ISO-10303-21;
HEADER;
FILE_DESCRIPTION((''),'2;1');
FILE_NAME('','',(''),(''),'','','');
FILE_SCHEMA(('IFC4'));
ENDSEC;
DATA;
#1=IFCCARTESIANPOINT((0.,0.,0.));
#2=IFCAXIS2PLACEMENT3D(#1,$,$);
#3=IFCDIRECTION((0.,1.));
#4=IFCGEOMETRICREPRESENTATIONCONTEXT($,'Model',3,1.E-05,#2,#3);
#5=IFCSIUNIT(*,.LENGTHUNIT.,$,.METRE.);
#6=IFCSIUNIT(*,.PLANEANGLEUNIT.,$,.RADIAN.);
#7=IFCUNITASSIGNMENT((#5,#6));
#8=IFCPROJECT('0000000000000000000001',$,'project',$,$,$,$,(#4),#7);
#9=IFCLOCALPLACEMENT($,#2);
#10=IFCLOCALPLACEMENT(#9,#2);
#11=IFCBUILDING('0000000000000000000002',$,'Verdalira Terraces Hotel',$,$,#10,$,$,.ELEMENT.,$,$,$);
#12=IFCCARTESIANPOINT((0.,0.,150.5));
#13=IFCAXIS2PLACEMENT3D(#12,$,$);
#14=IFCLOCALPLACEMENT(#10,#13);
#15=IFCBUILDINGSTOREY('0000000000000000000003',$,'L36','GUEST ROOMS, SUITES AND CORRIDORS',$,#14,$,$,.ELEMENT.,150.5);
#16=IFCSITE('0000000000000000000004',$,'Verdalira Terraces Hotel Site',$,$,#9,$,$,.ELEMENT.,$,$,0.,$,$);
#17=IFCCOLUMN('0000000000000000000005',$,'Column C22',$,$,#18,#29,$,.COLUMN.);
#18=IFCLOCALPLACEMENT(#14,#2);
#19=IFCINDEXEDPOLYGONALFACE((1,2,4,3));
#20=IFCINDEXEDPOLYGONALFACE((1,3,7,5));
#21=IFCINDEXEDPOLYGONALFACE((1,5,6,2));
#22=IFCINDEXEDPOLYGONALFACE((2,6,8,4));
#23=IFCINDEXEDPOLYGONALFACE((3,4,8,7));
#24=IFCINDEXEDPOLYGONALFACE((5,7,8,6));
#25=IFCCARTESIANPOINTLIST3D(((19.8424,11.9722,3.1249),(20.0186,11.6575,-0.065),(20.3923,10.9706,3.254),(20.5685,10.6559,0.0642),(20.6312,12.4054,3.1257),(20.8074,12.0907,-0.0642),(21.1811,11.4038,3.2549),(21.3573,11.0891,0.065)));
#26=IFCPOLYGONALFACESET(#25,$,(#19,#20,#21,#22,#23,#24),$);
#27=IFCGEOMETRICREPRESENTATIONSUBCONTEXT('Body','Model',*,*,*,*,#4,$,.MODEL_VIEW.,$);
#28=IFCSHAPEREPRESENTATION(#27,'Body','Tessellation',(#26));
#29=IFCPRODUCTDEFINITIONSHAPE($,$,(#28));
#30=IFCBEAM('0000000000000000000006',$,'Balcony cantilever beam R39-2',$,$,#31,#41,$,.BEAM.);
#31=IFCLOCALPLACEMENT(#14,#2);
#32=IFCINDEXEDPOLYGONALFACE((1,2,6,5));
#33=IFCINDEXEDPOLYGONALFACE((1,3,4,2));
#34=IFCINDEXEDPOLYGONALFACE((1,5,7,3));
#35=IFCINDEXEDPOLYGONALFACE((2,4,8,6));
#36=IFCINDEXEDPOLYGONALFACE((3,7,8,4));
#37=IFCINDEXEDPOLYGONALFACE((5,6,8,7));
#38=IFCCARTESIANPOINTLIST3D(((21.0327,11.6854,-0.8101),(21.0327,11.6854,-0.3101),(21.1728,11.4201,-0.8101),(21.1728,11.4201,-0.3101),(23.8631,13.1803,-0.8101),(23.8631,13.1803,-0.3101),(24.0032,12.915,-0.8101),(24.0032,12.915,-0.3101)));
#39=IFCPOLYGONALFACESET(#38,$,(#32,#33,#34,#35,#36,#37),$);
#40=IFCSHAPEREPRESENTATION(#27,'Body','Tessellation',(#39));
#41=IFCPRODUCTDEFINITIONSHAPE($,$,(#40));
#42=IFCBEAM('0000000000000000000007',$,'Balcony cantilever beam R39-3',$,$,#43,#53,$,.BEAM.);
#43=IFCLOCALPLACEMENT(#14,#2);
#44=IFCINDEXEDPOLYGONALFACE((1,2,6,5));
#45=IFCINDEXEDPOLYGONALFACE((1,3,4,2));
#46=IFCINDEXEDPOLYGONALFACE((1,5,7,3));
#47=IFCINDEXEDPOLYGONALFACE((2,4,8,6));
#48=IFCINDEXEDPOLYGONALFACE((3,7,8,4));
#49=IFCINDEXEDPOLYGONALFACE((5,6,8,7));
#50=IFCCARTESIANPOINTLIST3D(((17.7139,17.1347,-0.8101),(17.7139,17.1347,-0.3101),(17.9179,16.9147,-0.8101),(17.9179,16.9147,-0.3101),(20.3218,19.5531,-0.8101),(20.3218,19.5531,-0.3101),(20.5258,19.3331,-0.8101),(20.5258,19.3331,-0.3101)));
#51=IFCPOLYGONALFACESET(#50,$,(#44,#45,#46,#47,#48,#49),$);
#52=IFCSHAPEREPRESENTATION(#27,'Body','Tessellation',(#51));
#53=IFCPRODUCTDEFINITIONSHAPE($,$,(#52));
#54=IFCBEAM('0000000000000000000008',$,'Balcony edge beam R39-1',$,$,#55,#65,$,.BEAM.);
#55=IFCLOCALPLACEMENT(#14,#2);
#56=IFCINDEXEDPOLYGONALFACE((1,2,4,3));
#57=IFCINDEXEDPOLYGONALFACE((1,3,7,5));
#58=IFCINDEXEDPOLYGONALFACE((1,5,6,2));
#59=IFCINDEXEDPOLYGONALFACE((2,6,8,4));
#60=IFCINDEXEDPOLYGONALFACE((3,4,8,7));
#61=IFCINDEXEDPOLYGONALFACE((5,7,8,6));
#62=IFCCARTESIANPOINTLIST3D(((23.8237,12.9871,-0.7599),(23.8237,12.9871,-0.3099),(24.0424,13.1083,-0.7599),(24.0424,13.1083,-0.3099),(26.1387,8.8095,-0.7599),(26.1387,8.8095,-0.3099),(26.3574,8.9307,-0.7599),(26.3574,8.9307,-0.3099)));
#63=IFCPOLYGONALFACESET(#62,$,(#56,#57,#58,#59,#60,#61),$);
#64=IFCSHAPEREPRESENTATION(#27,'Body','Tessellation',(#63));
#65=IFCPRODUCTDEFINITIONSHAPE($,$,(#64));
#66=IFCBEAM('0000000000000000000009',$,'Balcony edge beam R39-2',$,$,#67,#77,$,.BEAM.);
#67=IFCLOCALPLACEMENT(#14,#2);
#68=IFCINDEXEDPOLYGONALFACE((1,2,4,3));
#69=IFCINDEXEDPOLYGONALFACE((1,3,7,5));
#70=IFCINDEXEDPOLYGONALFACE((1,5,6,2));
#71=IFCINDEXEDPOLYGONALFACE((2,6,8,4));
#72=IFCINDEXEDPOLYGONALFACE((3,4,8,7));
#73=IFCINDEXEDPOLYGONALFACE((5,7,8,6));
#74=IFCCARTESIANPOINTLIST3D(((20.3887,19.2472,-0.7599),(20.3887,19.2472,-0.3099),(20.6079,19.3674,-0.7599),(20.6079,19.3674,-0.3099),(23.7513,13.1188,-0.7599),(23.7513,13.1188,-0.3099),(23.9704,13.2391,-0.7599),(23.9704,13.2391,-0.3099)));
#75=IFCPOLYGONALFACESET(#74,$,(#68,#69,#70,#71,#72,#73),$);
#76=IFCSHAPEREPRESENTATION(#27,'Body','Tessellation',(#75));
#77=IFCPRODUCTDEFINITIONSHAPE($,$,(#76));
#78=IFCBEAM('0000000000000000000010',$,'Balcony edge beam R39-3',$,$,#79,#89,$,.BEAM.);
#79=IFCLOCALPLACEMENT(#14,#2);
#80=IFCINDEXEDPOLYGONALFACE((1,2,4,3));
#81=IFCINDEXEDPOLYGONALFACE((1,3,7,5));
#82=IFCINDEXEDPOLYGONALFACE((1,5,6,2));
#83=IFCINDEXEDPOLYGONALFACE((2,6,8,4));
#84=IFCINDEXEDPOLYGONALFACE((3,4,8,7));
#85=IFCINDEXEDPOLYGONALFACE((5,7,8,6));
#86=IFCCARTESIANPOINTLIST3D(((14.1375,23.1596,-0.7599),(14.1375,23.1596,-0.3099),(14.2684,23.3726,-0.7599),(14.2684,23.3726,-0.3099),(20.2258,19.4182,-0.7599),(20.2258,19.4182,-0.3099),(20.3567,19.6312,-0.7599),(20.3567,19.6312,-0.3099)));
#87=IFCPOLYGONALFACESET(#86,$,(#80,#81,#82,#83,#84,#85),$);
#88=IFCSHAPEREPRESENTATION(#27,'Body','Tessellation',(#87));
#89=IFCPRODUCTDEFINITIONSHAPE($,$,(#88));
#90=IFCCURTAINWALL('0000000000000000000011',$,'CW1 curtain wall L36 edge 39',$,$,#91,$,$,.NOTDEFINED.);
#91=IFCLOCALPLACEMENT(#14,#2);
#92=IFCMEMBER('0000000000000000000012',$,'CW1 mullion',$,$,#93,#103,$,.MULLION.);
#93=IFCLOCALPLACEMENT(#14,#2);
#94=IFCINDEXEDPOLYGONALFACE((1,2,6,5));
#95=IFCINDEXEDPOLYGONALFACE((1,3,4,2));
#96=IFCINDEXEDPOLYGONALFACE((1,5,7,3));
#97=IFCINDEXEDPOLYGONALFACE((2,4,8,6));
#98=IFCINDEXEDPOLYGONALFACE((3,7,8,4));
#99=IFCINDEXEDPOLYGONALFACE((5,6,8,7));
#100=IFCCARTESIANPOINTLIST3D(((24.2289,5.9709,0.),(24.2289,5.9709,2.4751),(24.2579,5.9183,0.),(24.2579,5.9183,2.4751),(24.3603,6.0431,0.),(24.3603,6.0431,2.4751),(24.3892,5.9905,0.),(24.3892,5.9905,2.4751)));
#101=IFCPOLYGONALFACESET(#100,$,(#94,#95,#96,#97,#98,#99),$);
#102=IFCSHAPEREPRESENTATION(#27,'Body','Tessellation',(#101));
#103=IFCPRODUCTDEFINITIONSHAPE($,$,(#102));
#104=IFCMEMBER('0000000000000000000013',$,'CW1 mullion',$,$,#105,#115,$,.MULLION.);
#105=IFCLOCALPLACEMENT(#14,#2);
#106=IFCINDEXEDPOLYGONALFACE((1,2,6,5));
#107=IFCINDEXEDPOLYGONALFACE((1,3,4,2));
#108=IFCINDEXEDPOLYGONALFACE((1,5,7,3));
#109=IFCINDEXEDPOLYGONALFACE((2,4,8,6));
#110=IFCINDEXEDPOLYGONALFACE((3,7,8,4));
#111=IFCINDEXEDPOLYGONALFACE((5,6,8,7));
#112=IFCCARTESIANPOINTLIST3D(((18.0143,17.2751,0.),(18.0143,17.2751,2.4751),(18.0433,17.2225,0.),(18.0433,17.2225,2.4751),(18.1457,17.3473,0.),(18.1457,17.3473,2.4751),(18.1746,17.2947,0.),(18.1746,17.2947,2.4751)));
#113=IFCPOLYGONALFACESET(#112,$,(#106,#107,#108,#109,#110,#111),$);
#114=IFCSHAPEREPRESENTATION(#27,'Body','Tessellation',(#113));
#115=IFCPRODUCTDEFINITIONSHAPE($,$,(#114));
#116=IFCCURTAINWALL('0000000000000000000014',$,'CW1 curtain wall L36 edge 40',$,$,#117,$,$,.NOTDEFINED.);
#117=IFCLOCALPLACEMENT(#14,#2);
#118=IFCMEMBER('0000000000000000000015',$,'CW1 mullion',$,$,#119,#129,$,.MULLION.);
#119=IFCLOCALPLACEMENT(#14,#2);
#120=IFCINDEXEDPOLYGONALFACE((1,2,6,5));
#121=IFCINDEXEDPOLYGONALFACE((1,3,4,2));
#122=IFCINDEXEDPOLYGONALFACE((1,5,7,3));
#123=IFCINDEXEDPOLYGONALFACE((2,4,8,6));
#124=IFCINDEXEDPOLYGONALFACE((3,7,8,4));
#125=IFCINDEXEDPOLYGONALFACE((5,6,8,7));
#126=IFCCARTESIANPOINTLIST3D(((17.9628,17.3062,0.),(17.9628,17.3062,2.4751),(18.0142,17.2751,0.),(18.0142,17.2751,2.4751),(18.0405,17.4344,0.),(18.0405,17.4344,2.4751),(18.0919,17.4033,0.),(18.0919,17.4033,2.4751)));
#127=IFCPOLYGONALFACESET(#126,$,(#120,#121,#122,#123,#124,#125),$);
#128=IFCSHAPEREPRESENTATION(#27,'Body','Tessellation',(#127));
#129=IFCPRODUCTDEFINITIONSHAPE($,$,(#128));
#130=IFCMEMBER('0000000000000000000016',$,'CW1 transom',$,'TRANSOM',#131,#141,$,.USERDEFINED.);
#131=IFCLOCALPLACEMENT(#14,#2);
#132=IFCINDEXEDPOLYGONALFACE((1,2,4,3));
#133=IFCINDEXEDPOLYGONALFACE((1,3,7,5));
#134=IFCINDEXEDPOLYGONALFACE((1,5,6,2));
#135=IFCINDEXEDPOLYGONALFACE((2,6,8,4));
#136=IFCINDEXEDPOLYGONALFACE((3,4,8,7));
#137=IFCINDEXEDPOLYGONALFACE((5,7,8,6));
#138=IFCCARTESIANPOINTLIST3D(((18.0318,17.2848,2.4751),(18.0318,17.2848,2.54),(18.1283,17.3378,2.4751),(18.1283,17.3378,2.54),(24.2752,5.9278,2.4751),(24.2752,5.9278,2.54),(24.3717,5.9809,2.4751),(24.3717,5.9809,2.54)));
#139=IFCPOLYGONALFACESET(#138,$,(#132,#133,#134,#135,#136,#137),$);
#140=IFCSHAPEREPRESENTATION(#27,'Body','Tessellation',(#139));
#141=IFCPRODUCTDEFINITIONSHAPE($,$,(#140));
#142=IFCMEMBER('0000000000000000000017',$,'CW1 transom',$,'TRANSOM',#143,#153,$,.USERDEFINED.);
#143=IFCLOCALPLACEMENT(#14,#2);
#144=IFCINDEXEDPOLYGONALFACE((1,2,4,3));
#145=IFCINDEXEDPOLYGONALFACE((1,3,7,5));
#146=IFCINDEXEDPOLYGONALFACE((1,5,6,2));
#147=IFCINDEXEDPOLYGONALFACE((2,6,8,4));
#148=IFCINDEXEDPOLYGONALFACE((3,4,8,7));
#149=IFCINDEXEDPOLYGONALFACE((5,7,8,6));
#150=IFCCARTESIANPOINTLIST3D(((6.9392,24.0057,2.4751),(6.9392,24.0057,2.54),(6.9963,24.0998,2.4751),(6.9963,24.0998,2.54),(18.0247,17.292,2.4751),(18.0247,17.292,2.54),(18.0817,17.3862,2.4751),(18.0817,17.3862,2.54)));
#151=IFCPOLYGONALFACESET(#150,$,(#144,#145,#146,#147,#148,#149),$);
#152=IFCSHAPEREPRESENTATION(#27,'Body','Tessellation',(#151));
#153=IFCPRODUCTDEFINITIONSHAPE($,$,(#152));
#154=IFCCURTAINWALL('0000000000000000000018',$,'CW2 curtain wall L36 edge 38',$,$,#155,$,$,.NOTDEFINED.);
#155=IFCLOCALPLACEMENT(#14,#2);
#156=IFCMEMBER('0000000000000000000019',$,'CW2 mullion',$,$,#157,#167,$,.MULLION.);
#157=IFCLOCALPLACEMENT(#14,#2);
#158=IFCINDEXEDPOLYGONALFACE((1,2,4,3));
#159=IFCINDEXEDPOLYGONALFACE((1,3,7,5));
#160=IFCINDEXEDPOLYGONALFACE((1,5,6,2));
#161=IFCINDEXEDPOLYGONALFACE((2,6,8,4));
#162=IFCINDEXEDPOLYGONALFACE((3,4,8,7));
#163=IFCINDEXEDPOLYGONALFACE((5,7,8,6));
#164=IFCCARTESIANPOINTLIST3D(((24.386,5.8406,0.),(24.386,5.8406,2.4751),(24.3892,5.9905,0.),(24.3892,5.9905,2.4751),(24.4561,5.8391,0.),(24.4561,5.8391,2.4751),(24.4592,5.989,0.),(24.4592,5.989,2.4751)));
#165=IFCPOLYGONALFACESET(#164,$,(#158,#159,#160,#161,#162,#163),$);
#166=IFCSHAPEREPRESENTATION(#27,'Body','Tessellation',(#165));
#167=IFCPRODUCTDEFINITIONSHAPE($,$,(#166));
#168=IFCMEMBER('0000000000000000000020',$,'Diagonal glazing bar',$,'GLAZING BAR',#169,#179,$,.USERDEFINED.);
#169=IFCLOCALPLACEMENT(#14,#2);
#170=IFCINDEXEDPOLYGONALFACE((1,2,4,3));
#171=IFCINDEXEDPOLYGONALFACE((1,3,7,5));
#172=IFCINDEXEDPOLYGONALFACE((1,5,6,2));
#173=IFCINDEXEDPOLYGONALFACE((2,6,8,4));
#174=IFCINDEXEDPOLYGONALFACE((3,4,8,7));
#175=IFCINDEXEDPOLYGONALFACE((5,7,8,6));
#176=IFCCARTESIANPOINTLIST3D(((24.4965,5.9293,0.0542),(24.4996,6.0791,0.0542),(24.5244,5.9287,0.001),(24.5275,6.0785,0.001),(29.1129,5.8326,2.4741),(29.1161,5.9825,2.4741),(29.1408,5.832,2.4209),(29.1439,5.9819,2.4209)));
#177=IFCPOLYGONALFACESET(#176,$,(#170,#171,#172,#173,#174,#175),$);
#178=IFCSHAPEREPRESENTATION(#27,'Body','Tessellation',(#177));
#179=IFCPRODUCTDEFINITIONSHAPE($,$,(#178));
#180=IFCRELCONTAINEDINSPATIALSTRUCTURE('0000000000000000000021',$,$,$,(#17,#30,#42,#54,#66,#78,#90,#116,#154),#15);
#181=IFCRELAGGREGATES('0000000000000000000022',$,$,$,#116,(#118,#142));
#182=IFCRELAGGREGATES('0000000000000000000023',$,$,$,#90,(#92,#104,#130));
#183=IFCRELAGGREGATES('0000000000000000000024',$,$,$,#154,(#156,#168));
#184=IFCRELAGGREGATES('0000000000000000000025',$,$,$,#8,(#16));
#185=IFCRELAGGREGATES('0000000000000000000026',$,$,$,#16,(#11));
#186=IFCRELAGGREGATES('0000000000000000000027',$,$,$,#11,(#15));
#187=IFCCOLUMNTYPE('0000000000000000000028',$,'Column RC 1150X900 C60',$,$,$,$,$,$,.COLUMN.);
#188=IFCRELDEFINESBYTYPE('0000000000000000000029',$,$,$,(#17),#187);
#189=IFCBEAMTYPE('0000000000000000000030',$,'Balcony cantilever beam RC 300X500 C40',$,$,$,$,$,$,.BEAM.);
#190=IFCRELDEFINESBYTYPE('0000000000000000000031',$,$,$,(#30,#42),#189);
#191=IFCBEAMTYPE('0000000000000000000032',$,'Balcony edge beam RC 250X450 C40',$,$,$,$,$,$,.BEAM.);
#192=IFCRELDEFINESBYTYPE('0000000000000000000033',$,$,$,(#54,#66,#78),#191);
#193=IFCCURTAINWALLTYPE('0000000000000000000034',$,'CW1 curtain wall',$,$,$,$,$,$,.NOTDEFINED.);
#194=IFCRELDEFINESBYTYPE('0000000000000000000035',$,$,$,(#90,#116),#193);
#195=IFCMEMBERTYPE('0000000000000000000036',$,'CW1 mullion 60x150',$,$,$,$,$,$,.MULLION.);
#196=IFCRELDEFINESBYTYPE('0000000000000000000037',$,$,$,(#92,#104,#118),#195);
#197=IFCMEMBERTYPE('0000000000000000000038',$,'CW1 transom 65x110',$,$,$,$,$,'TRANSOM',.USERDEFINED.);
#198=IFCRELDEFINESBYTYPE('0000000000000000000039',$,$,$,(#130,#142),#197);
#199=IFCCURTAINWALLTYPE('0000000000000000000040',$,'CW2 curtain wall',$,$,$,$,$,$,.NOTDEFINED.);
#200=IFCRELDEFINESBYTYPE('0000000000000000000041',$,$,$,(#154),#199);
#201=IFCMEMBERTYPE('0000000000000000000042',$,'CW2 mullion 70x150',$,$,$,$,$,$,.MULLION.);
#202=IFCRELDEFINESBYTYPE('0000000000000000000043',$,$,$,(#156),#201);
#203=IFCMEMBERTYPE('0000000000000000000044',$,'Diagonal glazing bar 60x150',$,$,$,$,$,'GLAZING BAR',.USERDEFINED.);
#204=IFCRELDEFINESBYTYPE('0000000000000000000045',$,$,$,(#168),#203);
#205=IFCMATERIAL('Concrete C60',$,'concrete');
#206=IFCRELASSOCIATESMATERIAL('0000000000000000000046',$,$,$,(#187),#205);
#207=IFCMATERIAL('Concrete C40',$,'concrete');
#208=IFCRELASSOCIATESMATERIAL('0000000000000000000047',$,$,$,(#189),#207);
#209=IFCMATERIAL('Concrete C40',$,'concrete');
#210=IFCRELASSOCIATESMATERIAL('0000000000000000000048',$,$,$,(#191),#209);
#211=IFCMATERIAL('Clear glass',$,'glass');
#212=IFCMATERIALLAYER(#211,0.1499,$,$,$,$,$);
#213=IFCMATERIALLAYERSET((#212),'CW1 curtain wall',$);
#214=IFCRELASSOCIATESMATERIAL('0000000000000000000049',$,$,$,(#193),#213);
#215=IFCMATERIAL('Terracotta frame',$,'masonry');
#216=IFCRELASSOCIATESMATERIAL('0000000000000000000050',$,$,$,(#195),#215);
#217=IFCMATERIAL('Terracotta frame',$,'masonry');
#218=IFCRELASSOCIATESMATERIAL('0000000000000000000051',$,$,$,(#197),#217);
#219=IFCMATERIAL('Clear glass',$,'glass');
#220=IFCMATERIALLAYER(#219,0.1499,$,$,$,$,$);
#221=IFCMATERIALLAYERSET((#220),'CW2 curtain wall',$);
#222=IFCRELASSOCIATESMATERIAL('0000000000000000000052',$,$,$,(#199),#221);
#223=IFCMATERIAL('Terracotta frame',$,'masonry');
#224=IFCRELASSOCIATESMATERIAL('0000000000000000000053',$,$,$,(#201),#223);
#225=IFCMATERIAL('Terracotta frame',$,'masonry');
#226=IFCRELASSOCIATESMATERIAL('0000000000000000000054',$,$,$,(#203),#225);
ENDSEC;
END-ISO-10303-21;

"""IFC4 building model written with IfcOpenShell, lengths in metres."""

from ifc_helpers import new_model, si_unit, direction, frame, origin, origin_2d, place, context, subcontext, project, spatial, rectangle, extrude, material, layer, layer_set, material_profile, profile_set, type_object, element, aggregate, save


model = new_model("IFC4")

# Units and contexts
model_context = context("Model", 3, precision=1e-05, world=origin(), true_north=direction((0.0, 1.0)))
body_context = subcontext(model_context, "Body", "Model", "MODEL_VIEW")
ifc_project = project(units=[si_unit("LENGTHUNIT", "METRE"), si_unit("PLANEANGLEUNIT", "RADIAN")], contexts=[model_context])

# Site, building, storey
site_placement = place(None, origin())
site = spatial("IfcSite", under=ifc_project, at=site_placement, Name="Verdalira Terraces Hotel Site", CompositionType="ELEMENT", RefElevation=0.0)
building_placement = place(site_placement, origin())
building = spatial("IfcBuilding", under=site, at=building_placement, Name="Verdalira Terraces Hotel", CompositionType="ELEMENT")
storey_placement = place(building_placement, frame((0.0, 0.0, 150.5)))
storey = spatial("IfcBuildingStorey", under=building, at=storey_placement, Name="L36", Description="GUEST ROOMS, SUITES AND CORRIDORS", CompositionType="ELEMENT", Elevation=150.5)

# Column
ifc_material_1 = material(Name="Concrete C60", Category="concrete")
ifc_material_profile_1 = material_profile(ifc_material_1, rectangle(XDim=1.1499, YDim=0.8999, at=origin_2d()), Name="RC 1150X900")
ifc_profile_set_1 = profile_set([ifc_material_profile_1], Name="Concrete C60")
column_type = type_object("IfcColumnType", Name="Column RC 1150X900 C60", PredefinedType="COLUMN", material=ifc_profile_set_1)
column_placement = place(storey_placement, frame((20.688, 11.3733, 0.0), z_axis=(-0.054908, 0.098028, 0.993668), x_axis=(-0.478218, 0.871025, -0.112355)))
element("IfcColumn", 1, at=column_placement, inside=storey, type_object=column_type, Name="Column C22", PredefinedType="COLUMN", context=body_context, shape_type="SweptSolid", body=[
    extrude(rectangle(XDim=1.1499, YDim=0.8999, at=origin_2d()), origin(), (0.0, 0.0, 1.0), 3.2102),
])

# Beams
ifc_material_2 = material(Name="Concrete C40", Category="concrete")
ifc_material_profile_2 = material_profile(ifc_material_2, rectangle(XDim=0.3, YDim=0.5, at=origin_2d()), Name="RC 300X500")
ifc_profile_set_2 = profile_set([ifc_material_profile_2], Name="Concrete C40")
beam_type_1 = type_object("IfcBeamType", Name="Balcony cantilever beam RC 300X500 C40", PredefinedType="BEAM", material=ifc_profile_set_2)
beam_1_placement = place(storey_placement, frame((21.1028, 11.5527, -0.5601), z_axis=(0.884244, 0.467025, 0.0), x_axis=(-0.467025, 0.884244, 0.0)))
element("IfcBeam", 2, at=beam_1_placement, inside=storey, type_object=beam_type_1, Name="Balcony cantilever beam R39-2", PredefinedType="BEAM", context=body_context, shape_type="SweptSolid", body=[
    extrude(rectangle(XDim=0.3, YDim=0.5, at=origin_2d()), origin(), (0.0, 0.0, 1.0), 3.2009),
])
beam_2_placement = place(storey_placement, frame((17.8159, 17.0247, -0.5601), z_axis=(0.733238, 0.679972, 0.0), x_axis=(-0.679972, 0.733238, 0.0)))
element("IfcBeam", 3, at=beam_2_placement, inside=storey, type_object=beam_type_1, Name="Balcony cantilever beam R39-3", PredefinedType="BEAM", context=body_context, shape_type="SweptSolid", body=[
    extrude(rectangle(XDim=0.3, YDim=0.5, at=origin_2d()), origin(), (0.0, 0.0, 1.0), 3.5566),
])
ifc_material_3 = material(Name="Concrete C40", Category="concrete")
ifc_material_profile_3 = material_profile(ifc_material_3, rectangle(XDim=0.25, YDim=0.45, at=origin_2d()), Name="RC 250X450")
ifc_profile_set_3 = profile_set([ifc_material_profile_3], Name="Concrete C40")
beam_type_2 = type_object("IfcBeamType", Name="Balcony edge beam RC 250X450 C40", PredefinedType="BEAM", material=ifc_profile_set_3)
beam_3_placement = place(storey_placement, frame((26.248, 8.8701, -0.5349), z_axis=(-0.484701, 0.87468, 0.0), x_axis=(-0.87468, -0.484701, 0.0)))
element("IfcBeam", 4, at=beam_3_placement, inside=storey, type_object=beam_type_2, Name="Balcony edge beam R39-1", PredefinedType="BEAM", context=body_context, shape_type="SweptSolid", body=[
    extrude(rectangle(XDim=0.25, YDim=0.45, at=origin_2d()), origin(), (0.0, 0.0, 1.0), 4.7761),
])
beam_4_placement = place(storey_placement, frame((23.8608, 13.179, -0.5349), z_axis=(-0.481031, 0.876704, 0.0), x_axis=(-0.876704, -0.481031, 0.0)))
element("IfcBeam", 5, at=beam_4_placement, inside=storey, type_object=beam_type_2, Name="Balcony edge beam R39-2", PredefinedType="BEAM", context=body_context, shape_type="SweptSolid", body=[
    extrude(rectangle(XDim=0.25, YDim=0.45, at=origin_2d()), origin(), (0.0, 0.0, 1.0), 6.9902),
])
beam_5_placement = place(storey_placement, frame((20.2913, 19.5247, -0.5349), z_axis=(-0.851985, 0.523566, 0.0), x_axis=(-0.523566, -0.851985, 0.0)))
element("IfcBeam", 6, at=beam_5_placement, inside=storey, type_object=beam_type_2, Name="Balcony edge beam R39-3", PredefinedType="BEAM", context=body_context, shape_type="SweptSolid", body=[
    extrude(rectangle(XDim=0.25, YDim=0.45, at=origin_2d()), origin(), (0.0, 0.0, 1.0), 7.146),
])

# Curtain wall, members
ifc_material_4 = material(Name="Clear glass", Category="glass")
ifc_layer_1 = layer(ifc_material_4, 0.1499)
ifc_layer_set_1 = layer_set([ifc_layer_1], Name="CW1 curtain wall")
curtain_wall_type_1 = type_object("IfcCurtainWallType", Name="CW1 curtain wall", PredefinedType="NOTDEFINED", material=ifc_layer_set_1)
curtain_wall_1_placement = place(storey_placement, origin())
curtain_wall_1 = element("IfcCurtainWall", 7, at=curtain_wall_1_placement, inside=storey, type_object=curtain_wall_type_1, Name="CW1 curtain wall L36 edge 39", PredefinedType="NOTDEFINED")
ifc_material_5 = material(Name="Terracotta frame", Category="masonry")
ifc_material_profile_4 = material_profile(ifc_material_5, rectangle(XDim=0.0601, YDim=0.1499, at=origin_2d()), Name="MU 60x150")
ifc_profile_set_4 = profile_set([ifc_material_profile_4], Name="Terracotta frame")
member_type_1 = type_object("IfcMemberType", Name="CW1 mullion 60x150", PredefinedType="MULLION", material=ifc_profile_set_4)
member_1_placement = place(storey_placement, frame((24.3091, 5.9807, 0.0), z_axis=(0.0, 0.0, 1.0), x_axis=(-0.481754, 0.876307, 0.0)))
member_1 = element("IfcMember", 8, at=member_1_placement, type_object=member_type_1, Name="CW1 mullion", PredefinedType="MULLION", context=body_context, shape_type="SweptSolid", body=[
    extrude(rectangle(XDim=0.0601, YDim=0.1499, at=origin_2d()), origin(), (0.0, 0.0, 1.0), 2.4751),
])
member_2_placement = place(storey_placement, frame((18.0945, 17.2849, 0.0), z_axis=(0.0, 0.0, 1.0), x_axis=(-0.481754, 0.876307, 0.0)))
member_2 = element("IfcMember", 9, at=member_2_placement, type_object=member_type_1, Name="CW1 mullion", PredefinedType="MULLION", context=body_context, shape_type="SweptSolid", body=[
    extrude(rectangle(XDim=0.0601, YDim=0.1499, at=origin_2d()), origin(), (0.0, 0.0, 1.0), 2.4751),
])

# Curtain wall, member
curtain_wall_2_placement = place(storey_placement, origin())
curtain_wall_2 = element("IfcCurtainWall", 10, at=curtain_wall_2_placement, inside=storey, type_object=curtain_wall_type_1, Name="CW1 curtain wall L36 edge 40", PredefinedType="NOTDEFINED")
member_3_placement = place(storey_placement, frame((18.0273, 17.3547, 0.0), z_axis=(0.0, 0.0, 1.0), x_axis=(-0.855364, 0.518027, 0.0)))
member_3 = element("IfcMember", 11, at=member_3_placement, type_object=member_type_1, Name="CW1 mullion", PredefinedType="MULLION", context=body_context, shape_type="SweptSolid", body=[
    extrude(rectangle(XDim=0.0601, YDim=0.1499, at=origin_2d()), origin(), (0.0, 0.0, 1.0), 2.4751),
])

# Members
ifc_material_6 = material(Name="Terracotta frame", Category="masonry")
ifc_material_profile_5 = material_profile(ifc_material_6, rectangle(XDim=0.1101, YDim=0.0649, at=origin_2d()), Name="TR 65x110")
ifc_profile_set_5 = profile_set([ifc_material_profile_5], Name="Terracotta frame")
member_type_2 = type_object("IfcMemberType", Name="CW1 transom 65x110", ElementType="TRANSOM", PredefinedType="USERDEFINED", material=ifc_profile_set_5)
member_4_placement = place(storey_placement, frame((24.3235, 5.9543, 2.5076), z_axis=(-0.481747, 0.876311, 0.0), x_axis=(-0.876311, -0.481747, 0.0)))
member_4 = element("IfcMember", 12, at=member_4_placement, type_object=member_type_2, Name="CW1 transom", ObjectType="TRANSOM", PredefinedType="USERDEFINED", context=body_context, shape_type="SweptSolid", body=[
    extrude(rectangle(XDim=0.1101, YDim=0.0649, at=origin_2d()), origin(), (0.0, 0.0, 1.0), 12.96),
])
member_5_placement = place(storey_placement, frame((18.0532, 17.3391, 2.5076), z_axis=(-0.855363, 0.518029, 0.0), x_axis=(-0.518029, -0.855363, 0.0)))
member_5 = element("IfcMember", 13, at=member_5_placement, type_object=member_type_2, Name="CW1 transom", ObjectType="TRANSOM", PredefinedType="USERDEFINED", context=body_context, shape_type="SweptSolid", body=[
    extrude(rectangle(XDim=0.1101, YDim=0.0649, at=origin_2d()), origin(), (0.0, 0.0, 1.0), 12.96),
])
aggregate(curtain_wall_2, [member_3, member_5])

# Curtain wall, members
ifc_material_7 = material(Name="Clear glass", Category="glass")
ifc_layer_2 = layer(ifc_material_7, 0.1499)
ifc_layer_set_2 = layer_set([ifc_layer_2], Name="CW2 curtain wall")
curtain_wall_type_2 = type_object("IfcCurtainWallType", Name="CW2 curtain wall", PredefinedType="NOTDEFINED", material=ifc_layer_set_2)
curtain_wall_3_placement = place(storey_placement, origin())
curtain_wall_3 = element("IfcCurtainWall", 14, at=curtain_wall_3_placement, inside=storey, type_object=curtain_wall_type_2, Name="CW2 curtain wall L36 edge 38", PredefinedType="NOTDEFINED")
ifc_material_8 = material(Name="Terracotta frame", Category="masonry")
ifc_material_profile_6 = material_profile(ifc_material_8, rectangle(XDim=0.0701, YDim=0.1499, at=origin_2d()), Name="MU 70x150")
ifc_profile_set_6 = profile_set([ifc_material_profile_6], Name="Terracotta frame")
member_type_3 = type_object("IfcMemberType", Name="CW2 mullion 70x150", PredefinedType="MULLION", material=ifc_profile_set_6)
member_6_placement = place(storey_placement, frame((24.4226, 5.9148, 0.0), z_axis=(0.0, 0.0, 1.0), x_axis=(-0.999781, 0.020942, 0.0)))
member_6 = element("IfcMember", 15, at=member_6_placement, type_object=member_type_3, Name="CW2 mullion", PredefinedType="MULLION", context=body_context, shape_type="SweptSolid", body=[
    extrude(rectangle(XDim=0.0701, YDim=0.1499, at=origin_2d()), origin(), (0.0, 0.0, 1.0), 2.4751),
])
ifc_material_9 = material(Name="Terracotta frame", Category="masonry")
ifc_material_profile_7 = material_profile(ifc_material_9, rectangle(XDim=0.1499, YDim=0.0601, at=origin_2d()), Name="GB 60x150")
ifc_profile_set_7 = profile_set([ifc_material_profile_7], Name="Terracotta frame")
member_type_4 = type_object("IfcMemberType", Name="Diagonal glazing bar 60x150", ElementType="GLAZING BAR", PredefinedType="USERDEFINED", material=ifc_profile_set_7)
member_7_placement = place(storey_placement, frame((29.1284, 5.9072, 2.4475), z_axis=(-0.885539, 0.018545, -0.464195), x_axis=(-0.020938, -0.999781, 0.0)))
member_7 = element("IfcMember", 16, at=member_7_placement, type_object=member_type_4, Name="Diagonal glazing bar", ObjectType="GLAZING BAR", PredefinedType="USERDEFINED", context=body_context, shape_type="SweptSolid", body=[
    extrude(rectangle(XDim=0.1499, YDim=0.0601, at=origin_2d()), origin(), (0.0, 0.0, 1.0), 5.2131),
])

aggregate(curtain_wall_1, [member_1, member_2, member_4])
aggregate(curtain_wall_3, [member_6, member_7])

save(model, "model.ifc")
